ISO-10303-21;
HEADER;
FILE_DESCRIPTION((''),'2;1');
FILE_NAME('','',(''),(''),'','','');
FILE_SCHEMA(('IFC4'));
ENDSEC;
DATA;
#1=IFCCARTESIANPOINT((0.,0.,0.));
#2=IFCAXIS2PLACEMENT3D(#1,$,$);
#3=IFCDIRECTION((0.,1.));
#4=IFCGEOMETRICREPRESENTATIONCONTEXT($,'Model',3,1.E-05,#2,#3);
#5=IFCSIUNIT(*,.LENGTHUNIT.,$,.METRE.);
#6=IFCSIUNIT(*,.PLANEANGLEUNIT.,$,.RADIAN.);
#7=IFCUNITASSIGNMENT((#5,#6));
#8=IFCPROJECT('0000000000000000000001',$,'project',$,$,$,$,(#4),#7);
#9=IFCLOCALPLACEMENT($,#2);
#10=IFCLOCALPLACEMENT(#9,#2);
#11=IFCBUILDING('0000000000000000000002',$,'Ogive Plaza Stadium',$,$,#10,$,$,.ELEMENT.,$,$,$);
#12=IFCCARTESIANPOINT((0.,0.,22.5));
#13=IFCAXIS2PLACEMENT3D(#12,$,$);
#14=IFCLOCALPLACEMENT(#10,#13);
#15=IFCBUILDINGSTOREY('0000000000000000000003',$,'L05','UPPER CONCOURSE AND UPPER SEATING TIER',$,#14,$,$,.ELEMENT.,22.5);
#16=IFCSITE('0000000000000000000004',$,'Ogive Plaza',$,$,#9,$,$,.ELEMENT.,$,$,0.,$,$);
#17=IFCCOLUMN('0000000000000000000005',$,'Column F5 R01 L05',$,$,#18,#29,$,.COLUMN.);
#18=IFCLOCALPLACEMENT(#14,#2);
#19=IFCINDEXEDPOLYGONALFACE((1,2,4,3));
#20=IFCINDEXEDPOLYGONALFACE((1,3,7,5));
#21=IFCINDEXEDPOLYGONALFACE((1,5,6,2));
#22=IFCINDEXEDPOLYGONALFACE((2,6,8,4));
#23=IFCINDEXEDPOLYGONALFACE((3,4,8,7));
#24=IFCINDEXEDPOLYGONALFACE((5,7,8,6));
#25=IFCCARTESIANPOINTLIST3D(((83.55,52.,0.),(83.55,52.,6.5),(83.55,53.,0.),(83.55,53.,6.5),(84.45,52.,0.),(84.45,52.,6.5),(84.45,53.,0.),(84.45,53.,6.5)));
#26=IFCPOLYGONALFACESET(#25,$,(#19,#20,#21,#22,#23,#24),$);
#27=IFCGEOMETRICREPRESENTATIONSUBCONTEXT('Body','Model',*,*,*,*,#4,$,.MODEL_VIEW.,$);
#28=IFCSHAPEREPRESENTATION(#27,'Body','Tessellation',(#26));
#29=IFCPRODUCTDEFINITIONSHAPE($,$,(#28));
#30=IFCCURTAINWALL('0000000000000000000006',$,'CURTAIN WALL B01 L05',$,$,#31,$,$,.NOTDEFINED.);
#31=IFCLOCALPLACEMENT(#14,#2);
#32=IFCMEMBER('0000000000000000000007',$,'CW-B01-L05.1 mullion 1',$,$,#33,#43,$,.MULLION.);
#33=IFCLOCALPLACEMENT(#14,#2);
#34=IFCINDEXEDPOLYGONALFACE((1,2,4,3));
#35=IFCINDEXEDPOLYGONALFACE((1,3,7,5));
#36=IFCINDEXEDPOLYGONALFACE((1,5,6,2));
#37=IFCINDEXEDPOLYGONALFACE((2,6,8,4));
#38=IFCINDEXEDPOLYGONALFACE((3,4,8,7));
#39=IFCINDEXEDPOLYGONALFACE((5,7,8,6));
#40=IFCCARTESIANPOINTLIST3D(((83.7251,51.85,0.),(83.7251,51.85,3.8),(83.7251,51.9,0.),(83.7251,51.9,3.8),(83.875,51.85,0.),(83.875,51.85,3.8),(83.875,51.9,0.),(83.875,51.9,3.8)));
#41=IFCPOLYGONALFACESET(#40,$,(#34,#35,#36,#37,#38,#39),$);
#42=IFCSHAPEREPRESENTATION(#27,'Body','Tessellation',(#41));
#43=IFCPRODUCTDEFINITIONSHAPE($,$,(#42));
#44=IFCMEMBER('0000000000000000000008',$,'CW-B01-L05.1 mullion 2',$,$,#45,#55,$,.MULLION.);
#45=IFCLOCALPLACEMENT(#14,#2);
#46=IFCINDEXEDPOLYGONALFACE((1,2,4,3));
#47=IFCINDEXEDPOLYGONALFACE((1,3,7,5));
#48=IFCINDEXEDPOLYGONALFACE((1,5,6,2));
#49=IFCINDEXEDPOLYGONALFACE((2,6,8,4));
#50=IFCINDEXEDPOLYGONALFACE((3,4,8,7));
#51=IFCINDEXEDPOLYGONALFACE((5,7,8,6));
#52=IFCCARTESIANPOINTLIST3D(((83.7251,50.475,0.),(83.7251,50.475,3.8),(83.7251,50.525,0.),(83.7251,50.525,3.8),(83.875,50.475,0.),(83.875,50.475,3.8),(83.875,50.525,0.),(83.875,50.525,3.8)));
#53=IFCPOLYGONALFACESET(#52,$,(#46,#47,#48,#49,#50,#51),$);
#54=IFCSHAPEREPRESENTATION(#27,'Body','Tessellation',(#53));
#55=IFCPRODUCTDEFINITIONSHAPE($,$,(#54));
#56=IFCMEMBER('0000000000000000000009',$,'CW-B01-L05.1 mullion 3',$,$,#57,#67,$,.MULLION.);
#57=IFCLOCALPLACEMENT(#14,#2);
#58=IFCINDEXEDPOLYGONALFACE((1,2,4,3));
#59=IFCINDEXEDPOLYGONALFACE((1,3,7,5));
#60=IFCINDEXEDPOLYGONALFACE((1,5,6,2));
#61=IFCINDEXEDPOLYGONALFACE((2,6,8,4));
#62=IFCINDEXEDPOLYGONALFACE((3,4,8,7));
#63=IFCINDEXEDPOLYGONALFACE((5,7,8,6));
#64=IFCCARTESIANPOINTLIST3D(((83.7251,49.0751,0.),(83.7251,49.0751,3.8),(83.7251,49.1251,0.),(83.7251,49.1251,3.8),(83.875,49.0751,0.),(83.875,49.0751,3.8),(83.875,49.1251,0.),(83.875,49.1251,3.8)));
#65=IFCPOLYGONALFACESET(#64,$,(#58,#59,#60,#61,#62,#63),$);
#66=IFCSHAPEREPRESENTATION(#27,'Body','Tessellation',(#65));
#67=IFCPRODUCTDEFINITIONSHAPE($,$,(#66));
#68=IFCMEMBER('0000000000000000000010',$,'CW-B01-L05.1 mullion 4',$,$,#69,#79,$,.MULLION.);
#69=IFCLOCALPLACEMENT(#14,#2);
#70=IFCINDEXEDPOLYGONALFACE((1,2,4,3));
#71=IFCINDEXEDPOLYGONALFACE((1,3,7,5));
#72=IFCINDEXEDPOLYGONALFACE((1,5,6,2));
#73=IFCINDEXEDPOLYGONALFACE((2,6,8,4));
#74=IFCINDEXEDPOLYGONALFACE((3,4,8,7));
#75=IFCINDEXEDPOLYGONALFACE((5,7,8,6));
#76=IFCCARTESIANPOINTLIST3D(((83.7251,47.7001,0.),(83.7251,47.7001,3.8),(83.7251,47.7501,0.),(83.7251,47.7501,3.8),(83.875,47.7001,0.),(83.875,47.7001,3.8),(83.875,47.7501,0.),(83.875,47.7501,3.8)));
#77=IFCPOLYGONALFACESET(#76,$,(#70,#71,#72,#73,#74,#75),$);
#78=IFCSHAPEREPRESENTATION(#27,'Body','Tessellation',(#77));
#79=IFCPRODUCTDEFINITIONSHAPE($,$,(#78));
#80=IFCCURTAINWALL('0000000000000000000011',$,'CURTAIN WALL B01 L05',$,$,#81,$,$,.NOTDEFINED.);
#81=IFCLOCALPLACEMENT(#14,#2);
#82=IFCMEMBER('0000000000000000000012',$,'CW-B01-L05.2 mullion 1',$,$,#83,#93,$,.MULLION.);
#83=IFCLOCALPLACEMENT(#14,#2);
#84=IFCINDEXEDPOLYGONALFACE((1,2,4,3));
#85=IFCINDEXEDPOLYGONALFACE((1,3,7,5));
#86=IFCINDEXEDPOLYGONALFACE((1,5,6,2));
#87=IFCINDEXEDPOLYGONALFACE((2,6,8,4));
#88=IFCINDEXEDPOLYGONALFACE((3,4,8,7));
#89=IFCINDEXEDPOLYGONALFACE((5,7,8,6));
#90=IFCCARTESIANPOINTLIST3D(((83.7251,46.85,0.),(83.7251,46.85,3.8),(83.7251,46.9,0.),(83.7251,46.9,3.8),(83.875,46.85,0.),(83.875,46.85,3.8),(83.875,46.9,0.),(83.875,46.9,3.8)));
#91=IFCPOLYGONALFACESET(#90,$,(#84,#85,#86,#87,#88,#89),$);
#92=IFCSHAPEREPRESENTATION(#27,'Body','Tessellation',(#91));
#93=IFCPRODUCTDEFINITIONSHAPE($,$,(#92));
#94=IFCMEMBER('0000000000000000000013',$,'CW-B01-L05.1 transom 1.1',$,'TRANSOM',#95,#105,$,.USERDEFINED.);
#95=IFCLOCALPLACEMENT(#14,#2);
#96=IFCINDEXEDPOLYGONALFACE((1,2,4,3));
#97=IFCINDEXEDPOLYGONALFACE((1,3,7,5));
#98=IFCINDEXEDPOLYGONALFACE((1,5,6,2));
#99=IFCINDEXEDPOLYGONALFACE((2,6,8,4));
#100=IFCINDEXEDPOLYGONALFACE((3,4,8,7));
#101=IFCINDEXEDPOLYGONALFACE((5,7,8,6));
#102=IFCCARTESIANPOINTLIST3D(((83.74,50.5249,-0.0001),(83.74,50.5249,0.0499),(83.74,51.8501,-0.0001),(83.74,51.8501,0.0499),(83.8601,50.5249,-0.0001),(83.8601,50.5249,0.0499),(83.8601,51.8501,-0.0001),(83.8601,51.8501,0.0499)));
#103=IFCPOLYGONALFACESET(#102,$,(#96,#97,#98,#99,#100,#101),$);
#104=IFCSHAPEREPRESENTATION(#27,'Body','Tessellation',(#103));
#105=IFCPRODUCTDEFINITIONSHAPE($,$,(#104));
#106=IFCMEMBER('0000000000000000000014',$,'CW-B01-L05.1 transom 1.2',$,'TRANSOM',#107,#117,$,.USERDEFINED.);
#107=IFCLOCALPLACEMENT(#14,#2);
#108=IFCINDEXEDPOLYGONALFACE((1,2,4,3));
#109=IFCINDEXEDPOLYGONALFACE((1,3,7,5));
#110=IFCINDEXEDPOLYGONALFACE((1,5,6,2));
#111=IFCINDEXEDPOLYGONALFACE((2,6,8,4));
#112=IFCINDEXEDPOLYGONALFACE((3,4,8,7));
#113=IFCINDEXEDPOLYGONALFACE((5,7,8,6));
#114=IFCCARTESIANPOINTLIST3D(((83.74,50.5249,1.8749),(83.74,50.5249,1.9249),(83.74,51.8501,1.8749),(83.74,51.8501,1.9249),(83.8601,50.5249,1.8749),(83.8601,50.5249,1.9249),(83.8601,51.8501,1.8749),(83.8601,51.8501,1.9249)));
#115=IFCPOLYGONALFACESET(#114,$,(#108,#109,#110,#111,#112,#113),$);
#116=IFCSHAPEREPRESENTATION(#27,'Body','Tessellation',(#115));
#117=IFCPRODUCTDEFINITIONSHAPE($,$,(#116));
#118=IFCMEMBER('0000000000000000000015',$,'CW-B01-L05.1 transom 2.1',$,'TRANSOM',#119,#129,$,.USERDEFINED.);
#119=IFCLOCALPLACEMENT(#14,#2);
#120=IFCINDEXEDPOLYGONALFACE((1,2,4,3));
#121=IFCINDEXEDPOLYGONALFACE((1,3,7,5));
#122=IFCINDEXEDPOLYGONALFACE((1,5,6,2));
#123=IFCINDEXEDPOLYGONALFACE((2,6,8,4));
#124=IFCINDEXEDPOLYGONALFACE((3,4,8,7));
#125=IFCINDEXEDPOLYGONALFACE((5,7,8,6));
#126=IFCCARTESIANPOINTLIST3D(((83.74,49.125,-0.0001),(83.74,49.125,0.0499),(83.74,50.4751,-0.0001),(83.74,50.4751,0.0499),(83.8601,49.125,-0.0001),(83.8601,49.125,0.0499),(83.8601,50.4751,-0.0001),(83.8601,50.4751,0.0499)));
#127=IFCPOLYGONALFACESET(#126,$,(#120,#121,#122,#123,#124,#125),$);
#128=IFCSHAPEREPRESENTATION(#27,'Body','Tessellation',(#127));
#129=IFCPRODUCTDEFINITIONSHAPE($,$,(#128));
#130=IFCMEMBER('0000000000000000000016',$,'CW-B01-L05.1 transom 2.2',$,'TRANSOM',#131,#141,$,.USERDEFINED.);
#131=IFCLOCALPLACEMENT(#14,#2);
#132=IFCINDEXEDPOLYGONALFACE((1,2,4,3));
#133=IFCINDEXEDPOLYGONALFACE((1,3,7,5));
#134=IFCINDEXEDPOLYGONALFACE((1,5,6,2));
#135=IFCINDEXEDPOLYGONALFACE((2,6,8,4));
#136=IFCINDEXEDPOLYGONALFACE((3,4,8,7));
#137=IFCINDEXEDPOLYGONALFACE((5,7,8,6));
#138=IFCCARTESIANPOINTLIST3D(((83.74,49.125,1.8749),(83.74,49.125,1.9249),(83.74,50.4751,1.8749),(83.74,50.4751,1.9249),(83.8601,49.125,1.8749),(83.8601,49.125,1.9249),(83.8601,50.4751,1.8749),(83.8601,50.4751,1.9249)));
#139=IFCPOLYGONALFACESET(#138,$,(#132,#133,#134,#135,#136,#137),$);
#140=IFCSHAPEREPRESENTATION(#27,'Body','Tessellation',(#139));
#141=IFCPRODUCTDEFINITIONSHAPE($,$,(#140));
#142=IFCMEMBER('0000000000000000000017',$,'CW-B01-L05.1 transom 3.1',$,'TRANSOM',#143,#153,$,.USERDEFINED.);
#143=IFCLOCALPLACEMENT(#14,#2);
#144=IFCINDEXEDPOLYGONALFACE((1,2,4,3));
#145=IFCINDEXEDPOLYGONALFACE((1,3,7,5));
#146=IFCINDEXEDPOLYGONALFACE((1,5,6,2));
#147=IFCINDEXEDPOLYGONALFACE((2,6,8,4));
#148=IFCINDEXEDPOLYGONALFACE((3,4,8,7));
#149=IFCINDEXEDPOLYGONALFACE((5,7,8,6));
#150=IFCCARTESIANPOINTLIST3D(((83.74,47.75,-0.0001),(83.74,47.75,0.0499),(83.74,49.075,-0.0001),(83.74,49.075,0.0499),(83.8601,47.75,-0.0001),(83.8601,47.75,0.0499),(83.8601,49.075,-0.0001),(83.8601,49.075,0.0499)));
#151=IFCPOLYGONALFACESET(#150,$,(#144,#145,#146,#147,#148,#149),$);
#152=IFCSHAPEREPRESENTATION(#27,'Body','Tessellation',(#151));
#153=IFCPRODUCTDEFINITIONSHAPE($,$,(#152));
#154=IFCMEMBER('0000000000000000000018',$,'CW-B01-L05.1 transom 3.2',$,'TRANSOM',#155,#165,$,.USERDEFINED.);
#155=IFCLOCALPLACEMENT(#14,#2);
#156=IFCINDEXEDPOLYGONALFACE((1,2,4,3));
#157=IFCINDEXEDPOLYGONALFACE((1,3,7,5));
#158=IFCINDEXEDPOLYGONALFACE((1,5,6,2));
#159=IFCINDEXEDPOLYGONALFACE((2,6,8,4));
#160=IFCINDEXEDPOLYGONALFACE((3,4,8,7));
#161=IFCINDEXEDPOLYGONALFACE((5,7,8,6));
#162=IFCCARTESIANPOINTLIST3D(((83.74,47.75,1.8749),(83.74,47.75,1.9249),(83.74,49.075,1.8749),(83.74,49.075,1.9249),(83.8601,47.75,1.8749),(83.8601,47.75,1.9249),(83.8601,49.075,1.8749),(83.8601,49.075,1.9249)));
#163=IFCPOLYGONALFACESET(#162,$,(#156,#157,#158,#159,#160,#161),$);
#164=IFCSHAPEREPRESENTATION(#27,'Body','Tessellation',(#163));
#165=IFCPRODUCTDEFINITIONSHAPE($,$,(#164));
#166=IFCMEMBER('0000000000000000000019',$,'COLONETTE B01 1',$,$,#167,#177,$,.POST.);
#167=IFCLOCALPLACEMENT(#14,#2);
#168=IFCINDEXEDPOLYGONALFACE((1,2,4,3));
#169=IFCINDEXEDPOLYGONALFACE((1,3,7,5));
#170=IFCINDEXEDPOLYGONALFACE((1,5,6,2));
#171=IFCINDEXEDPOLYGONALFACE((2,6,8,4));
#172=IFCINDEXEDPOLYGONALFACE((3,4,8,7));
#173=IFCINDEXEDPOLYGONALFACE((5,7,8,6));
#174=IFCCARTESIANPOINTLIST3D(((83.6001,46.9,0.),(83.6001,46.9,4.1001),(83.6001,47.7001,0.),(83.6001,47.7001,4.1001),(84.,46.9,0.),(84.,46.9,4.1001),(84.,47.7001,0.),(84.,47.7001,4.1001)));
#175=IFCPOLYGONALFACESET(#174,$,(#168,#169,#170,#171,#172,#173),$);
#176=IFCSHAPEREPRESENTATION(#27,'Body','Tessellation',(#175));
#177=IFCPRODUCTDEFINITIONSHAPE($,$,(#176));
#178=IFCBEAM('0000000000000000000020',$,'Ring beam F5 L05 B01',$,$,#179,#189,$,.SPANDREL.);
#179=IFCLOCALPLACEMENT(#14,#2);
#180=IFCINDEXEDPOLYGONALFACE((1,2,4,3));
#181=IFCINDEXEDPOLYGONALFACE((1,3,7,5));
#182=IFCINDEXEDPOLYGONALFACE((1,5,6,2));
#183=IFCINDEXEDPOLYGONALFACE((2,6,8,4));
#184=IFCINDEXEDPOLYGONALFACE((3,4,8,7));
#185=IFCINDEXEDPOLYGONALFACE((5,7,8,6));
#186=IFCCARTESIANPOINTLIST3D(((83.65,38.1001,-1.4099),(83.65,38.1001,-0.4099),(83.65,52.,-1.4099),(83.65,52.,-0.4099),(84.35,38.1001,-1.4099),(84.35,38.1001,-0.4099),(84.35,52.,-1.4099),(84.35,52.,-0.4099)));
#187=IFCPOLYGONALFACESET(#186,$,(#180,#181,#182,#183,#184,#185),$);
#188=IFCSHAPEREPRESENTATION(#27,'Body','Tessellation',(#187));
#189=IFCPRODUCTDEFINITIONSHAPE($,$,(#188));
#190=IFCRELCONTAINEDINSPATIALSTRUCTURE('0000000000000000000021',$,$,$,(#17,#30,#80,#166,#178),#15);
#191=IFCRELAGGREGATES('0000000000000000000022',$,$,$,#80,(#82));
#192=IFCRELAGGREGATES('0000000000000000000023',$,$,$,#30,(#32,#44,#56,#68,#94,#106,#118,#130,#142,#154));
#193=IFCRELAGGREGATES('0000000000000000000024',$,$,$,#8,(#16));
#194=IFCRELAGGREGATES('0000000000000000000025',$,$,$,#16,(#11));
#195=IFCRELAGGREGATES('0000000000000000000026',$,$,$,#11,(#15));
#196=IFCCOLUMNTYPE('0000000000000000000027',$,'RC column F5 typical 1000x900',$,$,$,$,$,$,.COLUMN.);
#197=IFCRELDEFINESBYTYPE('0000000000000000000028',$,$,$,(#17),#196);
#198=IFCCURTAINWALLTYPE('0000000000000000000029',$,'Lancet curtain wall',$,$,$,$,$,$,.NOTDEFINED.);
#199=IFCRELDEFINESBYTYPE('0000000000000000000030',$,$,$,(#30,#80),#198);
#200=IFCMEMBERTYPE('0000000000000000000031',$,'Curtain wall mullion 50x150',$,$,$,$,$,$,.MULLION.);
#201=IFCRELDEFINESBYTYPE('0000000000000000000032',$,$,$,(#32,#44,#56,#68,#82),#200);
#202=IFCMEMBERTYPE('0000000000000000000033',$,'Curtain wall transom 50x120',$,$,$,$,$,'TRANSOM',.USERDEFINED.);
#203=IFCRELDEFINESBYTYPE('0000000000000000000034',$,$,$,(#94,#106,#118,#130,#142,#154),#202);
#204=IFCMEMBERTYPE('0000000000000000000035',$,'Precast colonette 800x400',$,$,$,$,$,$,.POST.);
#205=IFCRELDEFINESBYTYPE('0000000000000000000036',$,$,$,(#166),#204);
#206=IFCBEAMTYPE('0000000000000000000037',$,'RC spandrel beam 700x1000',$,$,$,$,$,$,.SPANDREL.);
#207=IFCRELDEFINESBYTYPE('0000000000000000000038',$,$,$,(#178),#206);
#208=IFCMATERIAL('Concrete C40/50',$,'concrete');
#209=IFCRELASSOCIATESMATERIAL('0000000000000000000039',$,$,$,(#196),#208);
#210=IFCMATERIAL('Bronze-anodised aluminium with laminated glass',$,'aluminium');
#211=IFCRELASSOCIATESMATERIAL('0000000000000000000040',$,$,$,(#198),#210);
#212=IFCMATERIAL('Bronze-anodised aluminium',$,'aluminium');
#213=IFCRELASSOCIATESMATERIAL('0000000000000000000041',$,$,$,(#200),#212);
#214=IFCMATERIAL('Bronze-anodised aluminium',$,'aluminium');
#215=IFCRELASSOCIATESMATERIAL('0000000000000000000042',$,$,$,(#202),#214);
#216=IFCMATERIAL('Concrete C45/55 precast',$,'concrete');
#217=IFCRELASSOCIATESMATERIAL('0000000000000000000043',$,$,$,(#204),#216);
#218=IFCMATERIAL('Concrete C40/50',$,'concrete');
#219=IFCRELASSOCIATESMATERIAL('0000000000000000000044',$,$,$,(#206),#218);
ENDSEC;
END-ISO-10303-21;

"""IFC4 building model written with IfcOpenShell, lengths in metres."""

from ifc_helpers import new_model, si_unit, direction, frame, origin, origin_2d, place, context, subcontext, project, spatial, rectangle, extrude, material, material_profile, profile_set, type_object, element, aggregate, save


model = new_model("IFC4")

# Units and contexts
model_context = context("Model", 3, precision=1e-05, world=origin(), true_north=direction((0.0, 1.0)))
body_context = subcontext(model_context, "Body", "Model", "MODEL_VIEW")
ifc_project = project(units=[si_unit("LENGTHUNIT", "METRE"), si_unit("PLANEANGLEUNIT", "RADIAN")], contexts=[model_context])

# Site, building, storey
site_placement = place(None, origin())
site = spatial("IfcSite", under=ifc_project, at=site_placement, Name="Ogive Plaza", CompositionType="ELEMENT", RefElevation=0.0)
building_placement = place(site_placement, origin())
building = spatial("IfcBuilding", under=site, at=building_placement, Name="Ogive Plaza Stadium", CompositionType="ELEMENT")
storey_placement = place(building_placement, frame((0.0, 0.0, 22.5)))
storey = spatial("IfcBuildingStorey", under=building, at=storey_placement, Name="L05", Description="UPPER CONCOURSE AND UPPER SEATING TIER", CompositionType="ELEMENT", Elevation=22.5)

# Column
ifc_material_1 = material(Name="Concrete C40/50", Category="concrete")
ifc_material_profile_1 = material_profile(ifc_material_1, rectangle(XDim=1.0, YDim=0.8999, at=origin_2d()), Name="RC 1000x900")
ifc_profile_set_1 = profile_set([ifc_material_profile_1], Name="Concrete C40/50")
column_type = type_object("IfcColumnType", Name="RC column F5 typical 1000x900", PredefinedType="COLUMN", material=ifc_profile_set_1)
column_placement = place(storey_placement, frame((84.0, 52.5, 0.0), z_axis=(0.0, 0.0, 1.0), x_axis=(0.0, 1.0, 0.0)))
element("IfcColumn", 1, at=column_placement, inside=storey, type_object=column_type, Name="Column F5 R01 L05", PredefinedType="COLUMN", context=body_context, shape_type="SweptSolid", body=[
    extrude(rectangle(XDim=1.0, YDim=0.8999, at=origin_2d()), origin(), (0.0, 0.0, 1.0), 6.5),
])

# Curtain wall, members
ifc_material_2 = material(Name="Bronze-anodised aluminium with laminated glass", Category="aluminium")
curtain_wall_type = type_object("IfcCurtainWallType", Name="Lancet curtain wall", PredefinedType="NOTDEFINED", material=ifc_material_2)
curtain_wall_1_placement = place(storey_placement, origin())
curtain_wall_1 = element("IfcCurtainWall", 2, at=curtain_wall_1_placement, inside=storey, type_object=curtain_wall_type, Name="CURTAIN WALL B01 L05", PredefinedType="NOTDEFINED")
ifc_material_3 = material(Name="Bronze-anodised aluminium", Category="aluminium")
ifc_material_profile_2 = material_profile(ifc_material_3, rectangle(XDim=0.1499, YDim=0.05, at=origin_2d()), Name="AL 150x50")
ifc_profile_set_2 = profile_set([ifc_material_profile_2], Name="Bronze-anodised aluminium")
member_type_1 = type_object("IfcMemberType", Name="Curtain wall mullion 50x150", PredefinedType="MULLION", material=ifc_profile_set_2)
member_1_placement = place(storey_placement, frame((83.8, 51.875, 0.0), z_axis=(0.0, 0.0, 1.0), x_axis=(1.0, 0.0, 0.0)))
member_1 = element("IfcMember", 3, at=member_1_placement, type_object=member_type_1, Name="CW-B01-L05.1 mullion 1", PredefinedType="MULLION", context=body_context, shape_type="SweptSolid", body=[
    extrude(rectangle(XDim=0.1499, YDim=0.05, at=origin_2d()), origin(), (0.0, 0.0, 1.0), 3.8),
])
member_2_placement = place(storey_placement, frame((83.8, 50.5, 0.0), z_axis=(0.0, 0.0, 1.0), x_axis=(1.0, 0.0, 0.0)))
member_2 = element("IfcMember", 4, at=member_2_placement, type_object=member_type_1, Name="CW-B01-L05.1 mullion 2", PredefinedType="MULLION", context=body_context, shape_type="SweptSolid", body=[
    extrude(rectangle(XDim=0.1499, YDim=0.05, at=origin_2d()), origin(), (0.0, 0.0, 1.0), 3.8),
])
member_3_placement = place(storey_placement, frame((83.8, 49.1001, 0.0), z_axis=(0.0, 0.0, 1.0), x_axis=(1.0, 0.0, 0.0)))
member_3 = element("IfcMember", 5, at=member_3_placement, type_object=member_type_1, Name="CW-B01-L05.1 mullion 3", PredefinedType="MULLION", context=body_context, shape_type="SweptSolid", body=[
    extrude(rectangle(XDim=0.1499, YDim=0.05, at=origin_2d()), origin(), (0.0, 0.0, 1.0), 3.8),
])
member_4_placement = place(storey_placement, frame((83.8, 47.7251, 0.0), z_axis=(0.0, 0.0, 1.0), x_axis=(1.0, 0.0, 0.0)))
member_4 = element("IfcMember", 6, at=member_4_placement, type_object=member_type_1, Name="CW-B01-L05.1 mullion 4", PredefinedType="MULLION", context=body_context, shape_type="SweptSolid", body=[
    extrude(rectangle(XDim=0.1499, YDim=0.05, at=origin_2d()), origin(), (0.0, 0.0, 1.0), 3.8),
])

# Curtain wall, member
curtain_wall_2_placement = place(storey_placement, origin())
curtain_wall_2 = element("IfcCurtainWall", 7, at=curtain_wall_2_placement, inside=storey, type_object=curtain_wall_type, Name="CURTAIN WALL B01 L05", PredefinedType="NOTDEFINED")
member_5_placement = place(storey_placement, frame((83.8, 46.875, 0.0), z_axis=(0.0, 0.0, 1.0), x_axis=(1.0, 0.0, 0.0)))
member_5 = element("IfcMember", 8, at=member_5_placement, type_object=member_type_1, Name="CW-B01-L05.2 mullion 1", PredefinedType="MULLION", context=body_context, shape_type="SweptSolid", body=[
    extrude(rectangle(XDim=0.1499, YDim=0.05, at=origin_2d()), origin(), (0.0, 0.0, 1.0), 3.8),
])
aggregate(curtain_wall_2, [member_5])

# Members
ifc_material_4 = material(Name="Bronze-anodised aluminium", Category="aluminium")
ifc_material_profile_3 = material_profile(ifc_material_4, rectangle(XDim=0.1201, YDim=0.05, at=origin_2d()), Name="AL 120x50")
ifc_profile_set_3 = profile_set([ifc_material_profile_3], Name="Bronze-anodised aluminium")
member_type_2 = type_object("IfcMemberType", Name="Curtain wall transom 50x120", ElementType="TRANSOM", PredefinedType="USERDEFINED", material=ifc_profile_set_3)
member_6_placement = place(storey_placement, frame((83.8, 51.8501, 0.0249), z_axis=(0.0, -1.0, 0.0), x_axis=(1.0, 0.0, 0.0)))
member_6 = element("IfcMember", 9, at=member_6_placement, type_object=member_type_2, Name="CW-B01-L05.1 transom 1.1", ObjectType="TRANSOM", PredefinedType="USERDEFINED", context=body_context, shape_type="SweptSolid", body=[
    extrude(rectangle(XDim=0.1201, YDim=0.05, at=origin_2d()), origin(), (0.0, 0.0, 1.0), 1.3252),
])
member_7_placement = place(storey_placement, frame((83.8, 51.8501, 1.8999), z_axis=(0.0, -1.0, 0.0), x_axis=(1.0, 0.0, 0.0)))
member_7 = element("IfcMember", 10, at=member_7_placement, type_object=member_type_2, Name="CW-B01-L05.1 transom 1.2", ObjectType="TRANSOM", PredefinedType="USERDEFINED", context=body_context, shape_type="SweptSolid", body=[
    extrude(rectangle(XDim=0.1201, YDim=0.05, at=origin_2d()), origin(), (0.0, 0.0, 1.0), 1.3252),
])
member_8_placement = place(storey_placement, frame((83.8, 50.4751, 0.0249), z_axis=(0.0, -1.0, 0.0), x_axis=(1.0, 0.0, 0.0)))
member_8 = element("IfcMember", 11, at=member_8_placement, type_object=member_type_2, Name="CW-B01-L05.1 transom 2.1", ObjectType="TRANSOM", PredefinedType="USERDEFINED", context=body_context, shape_type="SweptSolid", body=[
    extrude(rectangle(XDim=0.1201, YDim=0.05, at=origin_2d()), origin(), (0.0, 0.0, 1.0), 1.3501),
])
member_9_placement = place(storey_placement, frame((83.8, 50.4751, 1.8999), z_axis=(0.0, -1.0, 0.0), x_axis=(1.0, 0.0, 0.0)))
member_9 = element("IfcMember", 12, at=member_9_placement, type_object=member_type_2, Name="CW-B01-L05.1 transom 2.2", ObjectType="TRANSOM", PredefinedType="USERDEFINED", context=body_context, shape_type="SweptSolid", body=[
    extrude(rectangle(XDim=0.1201, YDim=0.05, at=origin_2d()), origin(), (0.0, 0.0, 1.0), 1.3501),
])
member_10_placement = place(storey_placement, frame((83.8, 49.075, 0.0249), z_axis=(0.0, -1.0, 0.0), x_axis=(1.0, 0.0, 0.0)))
member_10 = element("IfcMember", 13, at=member_10_placement, type_object=member_type_2, Name="CW-B01-L05.1 transom 3.1", ObjectType="TRANSOM", PredefinedType="USERDEFINED", context=body_context, shape_type="SweptSolid", body=[
    extrude(rectangle(XDim=0.1201, YDim=0.05, at=origin_2d()), origin(), (0.0, 0.0, 1.0), 1.325),
])
member_11_placement = place(storey_placement, frame((83.8, 49.075, 1.8999), z_axis=(0.0, -1.0, 0.0), x_axis=(1.0, 0.0, 0.0)))
member_11 = element("IfcMember", 14, at=member_11_placement, type_object=member_type_2, Name="CW-B01-L05.1 transom 3.2", ObjectType="TRANSOM", PredefinedType="USERDEFINED", context=body_context, shape_type="SweptSolid", body=[
    extrude(rectangle(XDim=0.1201, YDim=0.05, at=origin_2d()), origin(), (0.0, 0.0, 1.0), 1.325),
])
ifc_material_5 = material(Name="Concrete C45/55 precast", Category="concrete")
ifc_material_profile_4 = material_profile(ifc_material_5, rectangle(XDim=0.3999, YDim=0.8, at=origin_2d()), Name="RC 400x800")
ifc_profile_set_4 = profile_set([ifc_material_profile_4], Name="Concrete C45/55 precast")
member_type_3 = type_object("IfcMemberType", Name="Precast colonette 800x400", PredefinedType="POST", material=ifc_profile_set_4)
member_12_placement = place(storey_placement, frame((83.8, 47.3, 0.0), z_axis=(0.0, 0.0, 1.0), x_axis=(1.0, 0.0, 0.0)))
element("IfcMember", 15, at=member_12_placement, inside=storey, type_object=member_type_3, Name="COLONETTE B01 1", PredefinedType="POST", context=body_context, shape_type="SweptSolid", body=[
    extrude(rectangle(XDim=0.3999, YDim=0.8, at=origin_2d()), origin(), (0.0, 0.0, 1.0), 4.1001),
])

# Beam
ifc_material_6 = material(Name="Concrete C40/50", Category="concrete")
ifc_material_profile_5 = material_profile(ifc_material_6, rectangle(XDim=0.7, YDim=1.0, at=origin_2d()), Name="RC 700x1000")
ifc_profile_set_5 = profile_set([ifc_material_profile_5], Name="Concrete C40/50")
beam_type = type_object("IfcBeamType", Name="RC spandrel beam 700x1000", PredefinedType="SPANDREL", material=ifc_profile_set_5)
beam_placement = place(storey_placement, frame((84.0, 52.0, -0.9099), z_axis=(0.0, -1.0, 0.0), x_axis=(1.0, 0.0, 0.0)))
element("IfcBeam", 16, at=beam_placement, inside=storey, type_object=beam_type, Name="Ring beam F5 L05 B01", PredefinedType="SPANDREL", context=body_context, shape_type="SweptSolid", body=[
    extrude(rectangle(XDim=0.7, YDim=1.0, at=origin_2d()), origin(), (0.0, 0.0, 1.0), 13.8999),
])

aggregate(curtain_wall_1, [member_1, member_2, member_3, member_4, member_6, member_7, member_8, member_9, member_10, member_11])

save(model, "model.ifc")
